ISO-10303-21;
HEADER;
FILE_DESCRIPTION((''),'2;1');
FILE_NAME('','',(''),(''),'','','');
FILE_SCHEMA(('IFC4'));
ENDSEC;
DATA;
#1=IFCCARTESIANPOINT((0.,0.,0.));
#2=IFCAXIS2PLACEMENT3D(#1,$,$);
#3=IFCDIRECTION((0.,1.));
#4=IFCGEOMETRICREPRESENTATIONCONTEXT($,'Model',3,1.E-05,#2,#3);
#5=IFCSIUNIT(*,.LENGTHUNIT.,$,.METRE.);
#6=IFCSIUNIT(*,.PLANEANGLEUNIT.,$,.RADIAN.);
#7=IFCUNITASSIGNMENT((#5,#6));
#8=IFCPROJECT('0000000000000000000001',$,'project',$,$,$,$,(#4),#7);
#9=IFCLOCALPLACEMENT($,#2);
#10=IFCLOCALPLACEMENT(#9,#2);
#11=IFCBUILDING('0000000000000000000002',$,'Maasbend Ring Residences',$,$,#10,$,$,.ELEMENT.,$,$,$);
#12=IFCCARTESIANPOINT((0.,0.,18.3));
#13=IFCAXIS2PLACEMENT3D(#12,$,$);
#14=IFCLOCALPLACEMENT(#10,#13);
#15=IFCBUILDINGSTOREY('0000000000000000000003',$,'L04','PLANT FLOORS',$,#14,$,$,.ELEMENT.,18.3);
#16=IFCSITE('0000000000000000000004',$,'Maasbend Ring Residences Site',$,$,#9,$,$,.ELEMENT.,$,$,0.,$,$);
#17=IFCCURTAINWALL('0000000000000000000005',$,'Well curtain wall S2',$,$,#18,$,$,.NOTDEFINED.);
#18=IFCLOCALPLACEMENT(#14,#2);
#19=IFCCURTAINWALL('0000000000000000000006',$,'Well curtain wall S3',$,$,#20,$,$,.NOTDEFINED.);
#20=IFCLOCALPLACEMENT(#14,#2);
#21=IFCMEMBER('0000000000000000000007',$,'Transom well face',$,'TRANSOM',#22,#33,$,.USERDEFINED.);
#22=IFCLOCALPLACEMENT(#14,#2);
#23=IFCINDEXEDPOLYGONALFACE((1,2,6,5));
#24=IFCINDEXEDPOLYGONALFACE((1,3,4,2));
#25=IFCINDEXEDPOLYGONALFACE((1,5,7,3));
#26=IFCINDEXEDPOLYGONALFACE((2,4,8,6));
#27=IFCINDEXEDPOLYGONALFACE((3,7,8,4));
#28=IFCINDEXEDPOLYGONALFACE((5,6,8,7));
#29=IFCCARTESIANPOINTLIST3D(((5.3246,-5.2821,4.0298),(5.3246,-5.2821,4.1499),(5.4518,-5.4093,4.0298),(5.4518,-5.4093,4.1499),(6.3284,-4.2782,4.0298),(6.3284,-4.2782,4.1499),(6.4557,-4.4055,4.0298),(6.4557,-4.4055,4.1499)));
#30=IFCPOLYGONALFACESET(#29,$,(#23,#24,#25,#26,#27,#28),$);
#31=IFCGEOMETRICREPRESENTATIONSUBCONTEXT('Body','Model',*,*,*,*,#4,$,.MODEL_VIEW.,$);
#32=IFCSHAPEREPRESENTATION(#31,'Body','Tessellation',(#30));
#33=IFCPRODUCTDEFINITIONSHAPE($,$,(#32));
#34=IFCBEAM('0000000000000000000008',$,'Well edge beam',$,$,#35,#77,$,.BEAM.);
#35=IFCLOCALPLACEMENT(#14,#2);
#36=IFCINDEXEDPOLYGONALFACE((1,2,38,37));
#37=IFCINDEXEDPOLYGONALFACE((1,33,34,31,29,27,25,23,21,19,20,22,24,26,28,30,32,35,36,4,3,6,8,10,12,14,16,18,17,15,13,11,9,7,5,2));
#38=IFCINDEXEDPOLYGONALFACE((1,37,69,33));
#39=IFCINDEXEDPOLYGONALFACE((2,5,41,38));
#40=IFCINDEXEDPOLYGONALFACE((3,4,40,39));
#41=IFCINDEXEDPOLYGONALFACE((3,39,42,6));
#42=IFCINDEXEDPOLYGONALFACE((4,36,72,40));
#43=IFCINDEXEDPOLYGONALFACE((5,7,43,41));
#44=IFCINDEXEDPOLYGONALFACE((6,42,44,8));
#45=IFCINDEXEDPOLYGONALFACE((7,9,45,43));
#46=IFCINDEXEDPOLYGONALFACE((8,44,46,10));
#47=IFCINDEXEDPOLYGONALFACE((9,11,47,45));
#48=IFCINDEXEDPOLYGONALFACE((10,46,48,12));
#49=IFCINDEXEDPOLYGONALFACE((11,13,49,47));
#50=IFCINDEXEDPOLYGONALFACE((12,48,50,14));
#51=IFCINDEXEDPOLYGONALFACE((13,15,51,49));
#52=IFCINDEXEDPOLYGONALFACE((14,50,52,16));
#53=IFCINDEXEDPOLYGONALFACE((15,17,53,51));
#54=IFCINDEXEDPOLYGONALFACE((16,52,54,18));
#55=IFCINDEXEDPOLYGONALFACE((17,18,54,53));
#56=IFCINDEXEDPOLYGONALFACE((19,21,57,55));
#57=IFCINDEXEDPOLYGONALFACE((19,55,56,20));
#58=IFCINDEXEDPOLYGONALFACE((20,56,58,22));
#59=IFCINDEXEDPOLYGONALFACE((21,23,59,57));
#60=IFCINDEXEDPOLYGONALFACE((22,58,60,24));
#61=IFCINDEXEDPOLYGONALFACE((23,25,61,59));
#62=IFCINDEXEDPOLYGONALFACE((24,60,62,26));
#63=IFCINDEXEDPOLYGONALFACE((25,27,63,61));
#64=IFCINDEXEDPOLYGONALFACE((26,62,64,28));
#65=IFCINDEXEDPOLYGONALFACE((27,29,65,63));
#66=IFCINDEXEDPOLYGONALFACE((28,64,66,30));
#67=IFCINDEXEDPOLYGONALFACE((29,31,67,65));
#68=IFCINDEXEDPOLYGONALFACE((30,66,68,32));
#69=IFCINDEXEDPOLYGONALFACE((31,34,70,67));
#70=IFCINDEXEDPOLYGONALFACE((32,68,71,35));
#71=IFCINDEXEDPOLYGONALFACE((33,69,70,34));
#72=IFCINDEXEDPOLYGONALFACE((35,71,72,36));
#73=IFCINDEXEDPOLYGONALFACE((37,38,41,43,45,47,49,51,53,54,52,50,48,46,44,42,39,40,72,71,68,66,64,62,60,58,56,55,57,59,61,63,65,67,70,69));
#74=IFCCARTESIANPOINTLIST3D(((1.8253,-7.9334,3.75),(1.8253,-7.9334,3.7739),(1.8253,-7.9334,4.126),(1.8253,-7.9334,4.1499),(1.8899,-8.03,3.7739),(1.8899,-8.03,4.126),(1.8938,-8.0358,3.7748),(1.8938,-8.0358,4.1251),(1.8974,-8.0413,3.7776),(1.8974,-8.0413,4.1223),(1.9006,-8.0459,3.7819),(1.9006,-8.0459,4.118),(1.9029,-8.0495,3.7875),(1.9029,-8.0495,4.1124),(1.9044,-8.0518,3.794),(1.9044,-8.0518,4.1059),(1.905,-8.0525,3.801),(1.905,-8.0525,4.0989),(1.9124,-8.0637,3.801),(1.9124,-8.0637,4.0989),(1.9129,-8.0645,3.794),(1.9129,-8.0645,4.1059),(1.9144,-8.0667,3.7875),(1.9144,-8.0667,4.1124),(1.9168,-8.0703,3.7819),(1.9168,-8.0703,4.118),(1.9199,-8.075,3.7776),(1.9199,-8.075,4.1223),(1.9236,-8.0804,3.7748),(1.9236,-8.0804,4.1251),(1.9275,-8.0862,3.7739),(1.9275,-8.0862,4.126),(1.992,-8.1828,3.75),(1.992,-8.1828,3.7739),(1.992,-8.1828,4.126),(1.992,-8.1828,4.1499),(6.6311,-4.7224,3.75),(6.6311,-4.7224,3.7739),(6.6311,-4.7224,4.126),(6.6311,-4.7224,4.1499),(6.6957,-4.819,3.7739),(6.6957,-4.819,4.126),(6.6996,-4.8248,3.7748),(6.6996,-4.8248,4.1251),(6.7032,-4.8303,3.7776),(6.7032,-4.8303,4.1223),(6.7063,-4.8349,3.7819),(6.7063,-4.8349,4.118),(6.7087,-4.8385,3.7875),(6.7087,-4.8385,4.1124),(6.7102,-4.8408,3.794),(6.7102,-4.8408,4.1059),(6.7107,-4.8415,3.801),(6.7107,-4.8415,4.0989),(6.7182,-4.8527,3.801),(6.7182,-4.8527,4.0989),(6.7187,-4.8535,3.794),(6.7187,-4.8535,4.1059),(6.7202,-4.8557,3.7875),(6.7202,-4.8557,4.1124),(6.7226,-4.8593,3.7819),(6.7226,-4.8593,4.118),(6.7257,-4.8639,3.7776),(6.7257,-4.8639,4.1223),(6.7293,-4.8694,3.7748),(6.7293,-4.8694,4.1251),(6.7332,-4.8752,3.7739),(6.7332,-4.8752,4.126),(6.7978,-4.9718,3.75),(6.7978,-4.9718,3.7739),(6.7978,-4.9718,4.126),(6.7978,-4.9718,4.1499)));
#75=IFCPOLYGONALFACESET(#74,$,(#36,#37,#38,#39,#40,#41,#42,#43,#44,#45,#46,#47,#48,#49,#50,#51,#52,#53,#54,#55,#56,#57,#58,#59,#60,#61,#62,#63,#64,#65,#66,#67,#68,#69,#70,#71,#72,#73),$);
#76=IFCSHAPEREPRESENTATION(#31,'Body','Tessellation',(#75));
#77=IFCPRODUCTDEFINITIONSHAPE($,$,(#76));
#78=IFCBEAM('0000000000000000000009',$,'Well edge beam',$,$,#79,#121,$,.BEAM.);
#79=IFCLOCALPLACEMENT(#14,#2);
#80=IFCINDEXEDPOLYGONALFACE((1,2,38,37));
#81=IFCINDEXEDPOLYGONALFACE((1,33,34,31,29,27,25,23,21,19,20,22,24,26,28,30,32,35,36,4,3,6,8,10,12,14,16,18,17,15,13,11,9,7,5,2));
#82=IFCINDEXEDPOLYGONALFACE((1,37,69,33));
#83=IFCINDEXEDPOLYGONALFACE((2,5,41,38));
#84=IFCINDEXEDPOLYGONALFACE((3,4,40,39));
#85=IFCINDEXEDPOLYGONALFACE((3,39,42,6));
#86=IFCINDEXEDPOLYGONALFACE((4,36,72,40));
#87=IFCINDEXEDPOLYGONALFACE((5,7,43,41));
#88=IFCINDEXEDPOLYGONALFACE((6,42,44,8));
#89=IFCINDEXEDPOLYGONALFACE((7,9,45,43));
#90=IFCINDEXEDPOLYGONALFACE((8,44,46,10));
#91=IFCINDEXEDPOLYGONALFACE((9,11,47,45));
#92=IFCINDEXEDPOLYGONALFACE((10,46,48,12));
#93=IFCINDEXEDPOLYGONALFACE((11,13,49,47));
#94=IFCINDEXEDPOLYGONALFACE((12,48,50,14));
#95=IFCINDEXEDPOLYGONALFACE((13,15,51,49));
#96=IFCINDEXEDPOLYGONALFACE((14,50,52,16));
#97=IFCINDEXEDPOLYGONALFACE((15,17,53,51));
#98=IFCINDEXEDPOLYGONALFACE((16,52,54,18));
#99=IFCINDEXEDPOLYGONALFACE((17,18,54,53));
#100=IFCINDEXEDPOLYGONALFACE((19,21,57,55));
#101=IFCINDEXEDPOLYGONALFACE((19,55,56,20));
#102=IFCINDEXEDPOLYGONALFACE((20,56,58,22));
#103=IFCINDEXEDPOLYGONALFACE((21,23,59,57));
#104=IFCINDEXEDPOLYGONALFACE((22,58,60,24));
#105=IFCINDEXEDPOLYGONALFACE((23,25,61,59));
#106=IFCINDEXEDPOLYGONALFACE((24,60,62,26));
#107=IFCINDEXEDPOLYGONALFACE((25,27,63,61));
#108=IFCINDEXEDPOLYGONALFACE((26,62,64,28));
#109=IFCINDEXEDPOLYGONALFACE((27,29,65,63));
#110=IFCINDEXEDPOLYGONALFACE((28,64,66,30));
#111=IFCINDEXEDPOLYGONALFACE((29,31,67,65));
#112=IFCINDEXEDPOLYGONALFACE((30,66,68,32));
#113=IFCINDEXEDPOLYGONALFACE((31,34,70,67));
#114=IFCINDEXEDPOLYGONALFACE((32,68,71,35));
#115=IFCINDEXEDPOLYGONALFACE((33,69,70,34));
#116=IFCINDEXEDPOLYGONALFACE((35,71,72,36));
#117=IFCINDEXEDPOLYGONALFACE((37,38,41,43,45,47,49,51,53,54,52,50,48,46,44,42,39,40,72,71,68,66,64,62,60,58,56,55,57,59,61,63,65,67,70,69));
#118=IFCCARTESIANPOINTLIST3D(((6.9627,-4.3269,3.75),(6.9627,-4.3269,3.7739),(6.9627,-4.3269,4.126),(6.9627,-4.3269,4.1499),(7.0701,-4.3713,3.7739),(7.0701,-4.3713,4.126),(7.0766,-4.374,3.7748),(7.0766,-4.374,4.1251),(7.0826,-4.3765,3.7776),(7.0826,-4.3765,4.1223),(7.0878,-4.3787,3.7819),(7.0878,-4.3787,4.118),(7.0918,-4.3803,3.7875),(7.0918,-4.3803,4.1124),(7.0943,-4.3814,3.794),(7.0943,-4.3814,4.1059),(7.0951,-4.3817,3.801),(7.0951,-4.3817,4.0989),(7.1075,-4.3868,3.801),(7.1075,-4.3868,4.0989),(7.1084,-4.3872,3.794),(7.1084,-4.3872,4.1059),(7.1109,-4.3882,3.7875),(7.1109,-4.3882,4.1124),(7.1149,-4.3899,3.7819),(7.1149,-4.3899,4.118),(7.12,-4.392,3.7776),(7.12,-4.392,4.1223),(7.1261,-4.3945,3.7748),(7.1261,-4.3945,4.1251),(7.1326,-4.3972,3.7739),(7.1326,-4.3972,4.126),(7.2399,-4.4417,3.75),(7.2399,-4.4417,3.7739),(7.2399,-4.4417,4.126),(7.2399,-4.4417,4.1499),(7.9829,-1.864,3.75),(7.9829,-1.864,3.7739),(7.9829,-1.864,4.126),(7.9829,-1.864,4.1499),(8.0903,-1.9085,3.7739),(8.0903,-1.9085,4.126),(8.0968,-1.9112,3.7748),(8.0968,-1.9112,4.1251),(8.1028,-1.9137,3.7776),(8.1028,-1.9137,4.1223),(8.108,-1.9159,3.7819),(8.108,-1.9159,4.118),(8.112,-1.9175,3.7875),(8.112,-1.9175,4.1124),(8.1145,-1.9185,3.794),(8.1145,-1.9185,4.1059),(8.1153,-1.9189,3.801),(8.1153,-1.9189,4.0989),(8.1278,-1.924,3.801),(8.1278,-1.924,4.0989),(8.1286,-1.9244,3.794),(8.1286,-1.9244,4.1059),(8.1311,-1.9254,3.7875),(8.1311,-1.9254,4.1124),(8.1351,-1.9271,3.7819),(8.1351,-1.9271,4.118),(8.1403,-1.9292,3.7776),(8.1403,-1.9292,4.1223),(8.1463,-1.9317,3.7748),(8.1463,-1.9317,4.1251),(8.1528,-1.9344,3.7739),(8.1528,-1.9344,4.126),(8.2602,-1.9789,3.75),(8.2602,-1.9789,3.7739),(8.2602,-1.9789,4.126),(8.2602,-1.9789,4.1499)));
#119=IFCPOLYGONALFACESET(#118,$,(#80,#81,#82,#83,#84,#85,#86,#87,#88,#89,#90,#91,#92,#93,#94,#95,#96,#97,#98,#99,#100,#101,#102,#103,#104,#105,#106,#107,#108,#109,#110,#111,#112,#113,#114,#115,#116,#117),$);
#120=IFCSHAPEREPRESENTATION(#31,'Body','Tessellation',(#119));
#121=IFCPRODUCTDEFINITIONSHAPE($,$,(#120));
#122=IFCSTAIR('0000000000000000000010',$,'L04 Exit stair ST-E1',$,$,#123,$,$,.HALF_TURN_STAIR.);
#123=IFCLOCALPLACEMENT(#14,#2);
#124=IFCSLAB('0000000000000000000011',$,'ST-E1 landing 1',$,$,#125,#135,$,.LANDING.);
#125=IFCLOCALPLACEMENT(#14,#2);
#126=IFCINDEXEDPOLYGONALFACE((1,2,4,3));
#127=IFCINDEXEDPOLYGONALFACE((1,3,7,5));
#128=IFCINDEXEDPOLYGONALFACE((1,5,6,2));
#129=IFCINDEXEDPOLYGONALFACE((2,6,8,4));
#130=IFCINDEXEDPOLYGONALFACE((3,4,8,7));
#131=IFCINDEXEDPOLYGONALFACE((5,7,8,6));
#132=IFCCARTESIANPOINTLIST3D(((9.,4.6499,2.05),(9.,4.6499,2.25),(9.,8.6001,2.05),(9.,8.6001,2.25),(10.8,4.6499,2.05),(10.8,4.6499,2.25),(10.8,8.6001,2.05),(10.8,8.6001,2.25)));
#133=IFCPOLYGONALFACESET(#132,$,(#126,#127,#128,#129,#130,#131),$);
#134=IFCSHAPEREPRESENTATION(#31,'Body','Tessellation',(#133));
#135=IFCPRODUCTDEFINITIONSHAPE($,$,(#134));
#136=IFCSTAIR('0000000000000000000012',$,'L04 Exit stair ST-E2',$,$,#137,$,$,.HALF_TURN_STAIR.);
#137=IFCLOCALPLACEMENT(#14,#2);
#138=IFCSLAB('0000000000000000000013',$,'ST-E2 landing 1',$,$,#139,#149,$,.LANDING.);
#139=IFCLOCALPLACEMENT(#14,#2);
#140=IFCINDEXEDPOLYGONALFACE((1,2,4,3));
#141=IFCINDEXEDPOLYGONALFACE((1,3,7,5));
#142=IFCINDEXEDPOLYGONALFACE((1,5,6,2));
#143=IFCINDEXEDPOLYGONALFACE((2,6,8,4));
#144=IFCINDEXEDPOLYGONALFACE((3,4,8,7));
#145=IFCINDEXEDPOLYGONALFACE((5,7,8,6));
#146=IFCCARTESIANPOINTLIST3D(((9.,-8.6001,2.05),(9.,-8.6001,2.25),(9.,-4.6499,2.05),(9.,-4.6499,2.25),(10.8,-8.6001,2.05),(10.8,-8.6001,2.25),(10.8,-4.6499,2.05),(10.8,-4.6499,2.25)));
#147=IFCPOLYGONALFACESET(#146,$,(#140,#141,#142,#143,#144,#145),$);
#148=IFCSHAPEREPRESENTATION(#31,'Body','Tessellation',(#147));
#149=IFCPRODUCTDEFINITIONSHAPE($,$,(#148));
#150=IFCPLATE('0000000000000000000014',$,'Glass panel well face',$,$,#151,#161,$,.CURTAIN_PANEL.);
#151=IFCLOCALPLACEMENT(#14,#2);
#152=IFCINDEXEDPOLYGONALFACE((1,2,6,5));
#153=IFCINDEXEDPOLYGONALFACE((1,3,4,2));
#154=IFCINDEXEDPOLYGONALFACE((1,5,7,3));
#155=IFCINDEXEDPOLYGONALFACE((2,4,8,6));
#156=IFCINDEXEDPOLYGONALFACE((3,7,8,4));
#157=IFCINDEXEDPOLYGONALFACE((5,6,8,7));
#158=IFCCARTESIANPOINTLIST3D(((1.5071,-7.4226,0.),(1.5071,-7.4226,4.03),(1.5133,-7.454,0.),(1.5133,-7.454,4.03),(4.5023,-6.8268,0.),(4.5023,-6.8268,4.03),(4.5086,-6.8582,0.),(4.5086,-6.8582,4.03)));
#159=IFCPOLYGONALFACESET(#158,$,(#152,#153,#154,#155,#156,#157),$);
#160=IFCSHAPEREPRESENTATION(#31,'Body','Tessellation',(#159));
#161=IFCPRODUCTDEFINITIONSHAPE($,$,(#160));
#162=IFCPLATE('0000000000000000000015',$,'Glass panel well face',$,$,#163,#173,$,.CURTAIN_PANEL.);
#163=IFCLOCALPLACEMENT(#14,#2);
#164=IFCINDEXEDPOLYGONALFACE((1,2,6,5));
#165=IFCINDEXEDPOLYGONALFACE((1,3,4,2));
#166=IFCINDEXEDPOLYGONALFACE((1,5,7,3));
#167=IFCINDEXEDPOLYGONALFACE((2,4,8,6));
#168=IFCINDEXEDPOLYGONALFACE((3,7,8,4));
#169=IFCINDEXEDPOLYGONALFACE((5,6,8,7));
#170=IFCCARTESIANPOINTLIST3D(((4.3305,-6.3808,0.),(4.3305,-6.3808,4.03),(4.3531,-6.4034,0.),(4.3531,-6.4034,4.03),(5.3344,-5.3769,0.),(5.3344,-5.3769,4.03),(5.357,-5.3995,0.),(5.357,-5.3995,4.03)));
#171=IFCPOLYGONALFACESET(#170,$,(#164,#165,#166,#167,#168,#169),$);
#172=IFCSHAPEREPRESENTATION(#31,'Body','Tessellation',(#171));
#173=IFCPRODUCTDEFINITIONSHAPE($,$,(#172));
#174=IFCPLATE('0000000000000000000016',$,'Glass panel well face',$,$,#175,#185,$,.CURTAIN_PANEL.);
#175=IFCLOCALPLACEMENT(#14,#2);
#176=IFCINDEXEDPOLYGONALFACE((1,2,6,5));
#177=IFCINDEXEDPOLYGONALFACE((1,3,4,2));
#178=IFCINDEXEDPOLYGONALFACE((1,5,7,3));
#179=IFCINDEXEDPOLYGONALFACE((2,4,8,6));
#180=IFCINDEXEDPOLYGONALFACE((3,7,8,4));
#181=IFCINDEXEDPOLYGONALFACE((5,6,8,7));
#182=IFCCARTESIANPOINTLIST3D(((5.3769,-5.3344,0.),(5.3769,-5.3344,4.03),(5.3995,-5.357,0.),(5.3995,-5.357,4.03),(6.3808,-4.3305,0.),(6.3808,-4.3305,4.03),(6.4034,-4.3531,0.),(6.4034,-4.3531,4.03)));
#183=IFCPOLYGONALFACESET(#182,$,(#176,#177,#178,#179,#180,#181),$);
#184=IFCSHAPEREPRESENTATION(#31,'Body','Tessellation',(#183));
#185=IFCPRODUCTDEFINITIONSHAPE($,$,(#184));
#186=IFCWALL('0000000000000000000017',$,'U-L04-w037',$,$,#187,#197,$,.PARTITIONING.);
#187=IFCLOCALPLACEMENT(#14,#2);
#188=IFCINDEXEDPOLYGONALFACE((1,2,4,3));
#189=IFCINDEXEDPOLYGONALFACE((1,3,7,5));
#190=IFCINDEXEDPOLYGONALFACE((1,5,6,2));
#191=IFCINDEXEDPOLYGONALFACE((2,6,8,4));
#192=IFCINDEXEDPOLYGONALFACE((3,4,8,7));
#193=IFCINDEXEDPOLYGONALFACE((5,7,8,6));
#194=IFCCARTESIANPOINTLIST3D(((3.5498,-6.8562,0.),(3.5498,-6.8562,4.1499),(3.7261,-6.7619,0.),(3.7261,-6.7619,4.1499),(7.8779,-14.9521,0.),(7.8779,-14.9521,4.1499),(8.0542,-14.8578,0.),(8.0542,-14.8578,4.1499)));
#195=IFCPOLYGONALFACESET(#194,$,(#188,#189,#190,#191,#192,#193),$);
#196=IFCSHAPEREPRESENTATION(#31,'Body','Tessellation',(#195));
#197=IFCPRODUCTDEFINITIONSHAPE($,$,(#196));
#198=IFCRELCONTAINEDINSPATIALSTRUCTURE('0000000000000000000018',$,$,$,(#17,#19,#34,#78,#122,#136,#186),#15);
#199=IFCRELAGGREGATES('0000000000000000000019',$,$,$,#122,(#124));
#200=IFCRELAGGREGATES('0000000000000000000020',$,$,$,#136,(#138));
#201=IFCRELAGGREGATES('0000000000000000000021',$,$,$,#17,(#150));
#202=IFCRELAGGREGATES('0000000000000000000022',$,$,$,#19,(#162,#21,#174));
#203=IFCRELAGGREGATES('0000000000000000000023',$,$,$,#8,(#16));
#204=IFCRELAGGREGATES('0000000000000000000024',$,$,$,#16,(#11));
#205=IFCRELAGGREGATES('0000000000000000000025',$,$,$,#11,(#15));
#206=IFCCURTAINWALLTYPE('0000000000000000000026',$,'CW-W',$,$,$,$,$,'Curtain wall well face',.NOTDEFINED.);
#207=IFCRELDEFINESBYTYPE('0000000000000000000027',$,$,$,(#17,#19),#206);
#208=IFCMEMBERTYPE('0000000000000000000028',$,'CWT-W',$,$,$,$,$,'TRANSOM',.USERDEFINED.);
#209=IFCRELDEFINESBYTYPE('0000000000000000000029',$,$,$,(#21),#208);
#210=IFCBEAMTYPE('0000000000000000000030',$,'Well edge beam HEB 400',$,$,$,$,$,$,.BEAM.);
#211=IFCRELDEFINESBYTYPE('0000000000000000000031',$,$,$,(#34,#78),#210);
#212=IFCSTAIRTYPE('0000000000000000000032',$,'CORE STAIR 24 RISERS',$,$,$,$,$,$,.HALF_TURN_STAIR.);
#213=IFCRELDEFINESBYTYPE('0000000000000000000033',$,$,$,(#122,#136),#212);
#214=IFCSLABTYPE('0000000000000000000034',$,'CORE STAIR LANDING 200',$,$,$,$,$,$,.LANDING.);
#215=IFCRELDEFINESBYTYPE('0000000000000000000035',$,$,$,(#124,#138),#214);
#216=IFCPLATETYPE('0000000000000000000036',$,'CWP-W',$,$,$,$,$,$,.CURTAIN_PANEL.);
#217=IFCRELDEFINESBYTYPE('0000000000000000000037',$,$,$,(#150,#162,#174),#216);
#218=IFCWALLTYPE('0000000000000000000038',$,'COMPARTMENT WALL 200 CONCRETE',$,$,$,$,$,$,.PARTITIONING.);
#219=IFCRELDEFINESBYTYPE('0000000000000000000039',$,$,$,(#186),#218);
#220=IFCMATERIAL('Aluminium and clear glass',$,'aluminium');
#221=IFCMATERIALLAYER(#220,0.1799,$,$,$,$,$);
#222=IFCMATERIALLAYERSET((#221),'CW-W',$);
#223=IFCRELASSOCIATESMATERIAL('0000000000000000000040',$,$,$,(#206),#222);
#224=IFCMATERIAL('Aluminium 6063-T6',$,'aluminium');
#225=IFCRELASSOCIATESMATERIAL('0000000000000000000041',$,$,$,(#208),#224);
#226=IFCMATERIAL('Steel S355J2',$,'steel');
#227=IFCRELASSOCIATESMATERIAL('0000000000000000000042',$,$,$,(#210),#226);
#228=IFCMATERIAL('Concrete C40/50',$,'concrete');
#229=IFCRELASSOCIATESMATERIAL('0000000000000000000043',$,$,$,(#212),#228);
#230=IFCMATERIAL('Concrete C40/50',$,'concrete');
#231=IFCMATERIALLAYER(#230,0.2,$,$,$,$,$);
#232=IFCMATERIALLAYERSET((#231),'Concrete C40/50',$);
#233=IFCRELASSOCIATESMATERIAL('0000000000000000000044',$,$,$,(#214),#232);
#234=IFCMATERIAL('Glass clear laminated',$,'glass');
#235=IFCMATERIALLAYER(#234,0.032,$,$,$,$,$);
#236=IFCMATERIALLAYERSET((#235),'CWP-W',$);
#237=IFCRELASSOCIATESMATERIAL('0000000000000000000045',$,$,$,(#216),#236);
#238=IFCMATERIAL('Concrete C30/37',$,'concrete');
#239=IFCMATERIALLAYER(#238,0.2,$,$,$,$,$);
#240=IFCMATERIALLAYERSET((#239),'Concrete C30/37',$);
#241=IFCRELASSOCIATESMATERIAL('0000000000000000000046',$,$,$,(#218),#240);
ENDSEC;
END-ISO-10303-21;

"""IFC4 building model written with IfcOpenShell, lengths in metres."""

from ifc_helpers import new_model, si_unit, direction, frame, frame_2d, origin, origin_2d, place, context, subcontext, project, spatial, polyline, rectangle, i_section, outline, extrude, material, layer, layer_set, material_profile, profile_set, type_object, element, aggregate, save


model = new_model("IFC4")

# Units and contexts
model_context = context("Model", 3, precision=1e-05, world=origin(), true_north=direction((0.0, 1.0)))
body_context = subcontext(model_context, "Body", "Model", "MODEL_VIEW")
ifc_project = project(units=[si_unit("LENGTHUNIT", "METRE"), si_unit("PLANEANGLEUNIT", "RADIAN")], contexts=[model_context])

# Site, building, storey
site_placement = place(None, origin())
site = spatial("IfcSite", under=ifc_project, at=site_placement, Name="Maasbend Ring Residences Site", CompositionType="ELEMENT", RefElevation=0.0)
building_placement = place(site_placement, origin())
building = spatial("IfcBuilding", under=site, at=building_placement, Name="Maasbend Ring Residences", CompositionType="ELEMENT")
storey_placement = place(building_placement, frame((0.0, 0.0, 18.3)))
storey = spatial("IfcBuildingStorey", under=building, at=storey_placement, Name="L04", Description="PLANT FLOORS", CompositionType="ELEMENT", Elevation=18.3)

# Curtain walls
ifc_material_1 = material(Name="Aluminium and clear glass", Category="aluminium")
ifc_layer_1 = layer(ifc_material_1, 0.1799)
ifc_layer_set_1 = layer_set([ifc_layer_1], Name="CW-W")
curtain_wall_type = type_object("IfcCurtainWallType", Name="CW-W", ElementType="Curtain wall well face", PredefinedType="NOTDEFINED", material=ifc_layer_set_1)
curtain_wall_1_placement = place(storey_placement, origin())
curtain_wall_1 = element("IfcCurtainWall", 1, at=curtain_wall_1_placement, inside=storey, type_object=curtain_wall_type, Name="Well curtain wall S2", PredefinedType="NOTDEFINED")
curtain_wall_2_placement = place(storey_placement, origin())
curtain_wall_2 = element("IfcCurtainWall", 2, at=curtain_wall_2_placement, inside=storey, type_object=curtain_wall_type, Name="Well curtain wall S3", PredefinedType="NOTDEFINED")

# Member
ifc_material_2 = material(Name="Aluminium 6063-T6", Category="aluminium")
ifc_material_profile_1 = material_profile(ifc_material_2, rectangle(XDim=0.1799, YDim=0.1201, at=origin_2d()), Name="AL 180x120")
ifc_profile_set_1 = profile_set([ifc_material_profile_1], Name="Aluminium 6063-T6")
member_type_1 = type_object("IfcMemberType", Name="CWT-W", ElementType="TRANSOM", PredefinedType="USERDEFINED", material=ifc_profile_set_1)
member_1_placement = place(storey_placement, frame((5.3882, -5.3457, 4.0898), z_axis=(0.707107, 0.707107, 0.0), x_axis=(-0.707107, 0.707107, 0.0)))
member_1 = element("IfcMember", 3, at=member_1_placement, type_object=member_type_1, Name="Transom well face", ObjectType="TRANSOM", PredefinedType="USERDEFINED", context=body_context, shape_type="SweptSolid", body=[
    extrude(rectangle(XDim=0.1799, YDim=0.1201, at=origin_2d()), origin(), (0.0, 0.0, 1.0), 1.4197),
])

# Beams
ifc_material_3 = material(Name="Steel S355J2", Category="steel")
ifc_material_profile_2 = material_profile(ifc_material_3, i_section(OverallWidth=0.3, OverallDepth=0.3999, WebThickness=0.0134, FlangeThickness=0.0239, FilletRadius=0.0271, at=origin_2d()), Name="HEB 400")
ifc_profile_set_2 = profile_set([ifc_material_profile_2], Name="Steel S355J2")
beam_type = type_object("IfcBeamType", Name="Well edge beam HEB 400", PredefinedType="BEAM", material=ifc_profile_set_2)
beam_1_placement = place(storey_placement, frame((1.9087, -8.0581, 3.95), z_axis=(0.831478, 0.555558, 0.0), x_axis=(-0.555558, 0.831478, 0.0)))
element("IfcBeam", 4, at=beam_1_placement, inside=storey, type_object=beam_type, Name="Well edge beam", PredefinedType="BEAM", context=body_context, shape_type="SweptSolid", body=[
    extrude(i_section(OverallWidth=0.3, OverallDepth=0.3999, WebThickness=0.0134, FlangeThickness=0.0239, FilletRadius=0.0271, at=origin_2d()), origin(), (0.0, 0.0, 1.0), 5.7798),
])
beam_2_placement = place(storey_placement, frame((7.1013, -4.3843, 3.95), z_axis=(0.382716, 0.923866, 0.0), x_axis=(-0.923866, 0.382716, 0.0)))
element("IfcBeam", 5, at=beam_2_placement, inside=storey, type_object=beam_type, Name="Well edge beam", PredefinedType="BEAM", context=body_context, shape_type="SweptSolid", body=[
    extrude(i_section(OverallWidth=0.3, OverallDepth=0.3999, WebThickness=0.0134, FlangeThickness=0.0239, FilletRadius=0.0271, at=origin_2d()), origin(), (0.0, 0.0, 1.0), 2.6658),
])

# Stairs, slabs
ifc_material_4 = material(Name="Concrete C40/50", Category="concrete")
stair_type = type_object("IfcStairType", Name="CORE STAIR 24 RISERS", PredefinedType="HALF_TURN_STAIR", material=ifc_material_4)
stair_1_placement = place(storey_placement, origin())
stair_1 = element("IfcStair", 6, at=stair_1_placement, inside=storey, type_object=stair_type, Name="L04 Exit stair ST-E1", PredefinedType="HALF_TURN_STAIR")
ifc_material_5 = material(Name="Concrete C40/50", Category="concrete")
ifc_layer_2 = layer(ifc_material_5, 0.2)
ifc_layer_set_2 = layer_set([ifc_layer_2], Name="Concrete C40/50")
slab_type_1 = type_object("IfcSlabType", Name="CORE STAIR LANDING 200", PredefinedType="LANDING", material=ifc_layer_set_2)
slab_1_placement = place(storey_placement, frame((0.0, 0.0, 2.05)))
slab_1 = element("IfcSlab", 7, at=slab_1_placement, type_object=slab_type_1, Name="ST-E1 landing 1", PredefinedType="LANDING", context=body_context, shape_type="SweptSolid", body=[
    extrude(outline(polyline([(10.8, 8.6001), (9.0, 8.6001), (9.0, 4.6499), (10.8, 4.6499), (10.8, 8.6001)])), origin(), (0.0, 0.0, 1.0), 0.2),
])
aggregate(stair_1, [slab_1])
stair_2_placement = place(storey_placement, origin())
stair_2 = element("IfcStair", 8, at=stair_2_placement, inside=storey, type_object=stair_type, Name="L04 Exit stair ST-E2", PredefinedType="HALF_TURN_STAIR")
slab_2_placement = place(storey_placement, frame((0.0, 0.0, 2.05)))
slab_2 = element("IfcSlab", 9, at=slab_2_placement, type_object=slab_type_1, Name="ST-E2 landing 1", PredefinedType="LANDING", context=body_context, shape_type="SweptSolid", body=[
    extrude(outline(polyline([(10.8, -4.6499), (9.0, -4.6499), (9.0, -8.6001), (10.8, -8.6001), (10.8, -4.6499)])), origin(), (0.0, 0.0, 1.0), 0.2),
])
aggregate(stair_2, [slab_2])

# Plates
ifc_material_6 = material(Name="Glass clear laminated", Category="glass")
ifc_layer_3 = layer(ifc_material_6, 0.032)
ifc_layer_set_3 = layer_set([ifc_layer_3], Name="CWP-W")
plate_type = type_object("IfcPlateType", Name="CWP-W", PredefinedType="CURTAIN_PANEL", material=ifc_layer_set_3)
plate_1_placement = place(storey_placement, frame((3.0078, -7.1404, 0.0), z_axis=(0.0, 0.0, 1.0), x_axis=(0.980785, 0.19509, 0.0)))
plate_1 = element("IfcPlate", 10, at=plate_1_placement, type_object=plate_type, Name="Glass panel well face", PredefinedType="CURTAIN_PANEL", context=body_context, shape_type="SweptSolid", body=[
    extrude(rectangle(XDim=3.054, YDim=0.032, at=origin_2d()), origin(), (0.0, 0.0, 1.0), 4.03),
])
aggregate(curtain_wall_1, [plate_1])
plate_2_placement = place(storey_placement, frame((4.8438, -5.8901, 0.0), z_axis=(0.0, 0.0, 1.0), x_axis=(0.707107, 0.707107, 0.0)))
plate_2 = element("IfcPlate", 11, at=plate_2_placement, type_object=plate_type, Name="Glass panel well face", PredefinedType="CURTAIN_PANEL", context=body_context, shape_type="SweptSolid", body=[
    extrude(rectangle(XDim=1.4197, YDim=0.032, at=origin_2d()), origin(), (0.0, 0.0, 1.0), 4.03),
])
plate_3_placement = place(storey_placement, frame((5.8901, -4.8438, 0.0), z_axis=(0.0, 0.0, 1.0), x_axis=(0.707107, 0.707107, 0.0)))
plate_3 = element("IfcPlate", 12, at=plate_3_placement, type_object=plate_type, Name="Glass panel well face", PredefinedType="CURTAIN_PANEL", context=body_context, shape_type="SweptSolid", body=[
    extrude(rectangle(XDim=1.4197, YDim=0.032, at=origin_2d()), origin(), (0.0, 0.0, 1.0), 4.03),
])
aggregate(curtain_wall_2, [plate_2, member_1, plate_3])

# Wall
ifc_material_7 = material(Name="Concrete C30/37", Category="concrete")
ifc_layer_4 = layer(ifc_material_7, 0.2)
ifc_layer_set_4 = layer_set([ifc_layer_4], Name="Concrete C30/37")
wall_type_1 = type_object("IfcWallType", Name="COMPARTMENT WALL 200 CONCRETE", PredefinedType="PARTITIONING", material=ifc_layer_set_4)
wall_1_placement = place(storey_placement, frame((3.6379, -6.8091, 0.0), z_axis=(0.0, 0.0, 1.0), x_axis=(0.47146, -0.881887, 0.0)))
element("IfcWall", 13, at=wall_1_placement, inside=storey, type_object=wall_type_1, Name="U-L04-w037", PredefinedType="PARTITIONING", context=body_context, shape_type="SweptSolid", body=[
    extrude(rectangle(XDim=9.1802, YDim=0.2, at=frame_2d((4.5901, 0.0))), origin(), (0.0, 0.0, 1.0), 4.1499),
])

save(model, "model.ifc")
